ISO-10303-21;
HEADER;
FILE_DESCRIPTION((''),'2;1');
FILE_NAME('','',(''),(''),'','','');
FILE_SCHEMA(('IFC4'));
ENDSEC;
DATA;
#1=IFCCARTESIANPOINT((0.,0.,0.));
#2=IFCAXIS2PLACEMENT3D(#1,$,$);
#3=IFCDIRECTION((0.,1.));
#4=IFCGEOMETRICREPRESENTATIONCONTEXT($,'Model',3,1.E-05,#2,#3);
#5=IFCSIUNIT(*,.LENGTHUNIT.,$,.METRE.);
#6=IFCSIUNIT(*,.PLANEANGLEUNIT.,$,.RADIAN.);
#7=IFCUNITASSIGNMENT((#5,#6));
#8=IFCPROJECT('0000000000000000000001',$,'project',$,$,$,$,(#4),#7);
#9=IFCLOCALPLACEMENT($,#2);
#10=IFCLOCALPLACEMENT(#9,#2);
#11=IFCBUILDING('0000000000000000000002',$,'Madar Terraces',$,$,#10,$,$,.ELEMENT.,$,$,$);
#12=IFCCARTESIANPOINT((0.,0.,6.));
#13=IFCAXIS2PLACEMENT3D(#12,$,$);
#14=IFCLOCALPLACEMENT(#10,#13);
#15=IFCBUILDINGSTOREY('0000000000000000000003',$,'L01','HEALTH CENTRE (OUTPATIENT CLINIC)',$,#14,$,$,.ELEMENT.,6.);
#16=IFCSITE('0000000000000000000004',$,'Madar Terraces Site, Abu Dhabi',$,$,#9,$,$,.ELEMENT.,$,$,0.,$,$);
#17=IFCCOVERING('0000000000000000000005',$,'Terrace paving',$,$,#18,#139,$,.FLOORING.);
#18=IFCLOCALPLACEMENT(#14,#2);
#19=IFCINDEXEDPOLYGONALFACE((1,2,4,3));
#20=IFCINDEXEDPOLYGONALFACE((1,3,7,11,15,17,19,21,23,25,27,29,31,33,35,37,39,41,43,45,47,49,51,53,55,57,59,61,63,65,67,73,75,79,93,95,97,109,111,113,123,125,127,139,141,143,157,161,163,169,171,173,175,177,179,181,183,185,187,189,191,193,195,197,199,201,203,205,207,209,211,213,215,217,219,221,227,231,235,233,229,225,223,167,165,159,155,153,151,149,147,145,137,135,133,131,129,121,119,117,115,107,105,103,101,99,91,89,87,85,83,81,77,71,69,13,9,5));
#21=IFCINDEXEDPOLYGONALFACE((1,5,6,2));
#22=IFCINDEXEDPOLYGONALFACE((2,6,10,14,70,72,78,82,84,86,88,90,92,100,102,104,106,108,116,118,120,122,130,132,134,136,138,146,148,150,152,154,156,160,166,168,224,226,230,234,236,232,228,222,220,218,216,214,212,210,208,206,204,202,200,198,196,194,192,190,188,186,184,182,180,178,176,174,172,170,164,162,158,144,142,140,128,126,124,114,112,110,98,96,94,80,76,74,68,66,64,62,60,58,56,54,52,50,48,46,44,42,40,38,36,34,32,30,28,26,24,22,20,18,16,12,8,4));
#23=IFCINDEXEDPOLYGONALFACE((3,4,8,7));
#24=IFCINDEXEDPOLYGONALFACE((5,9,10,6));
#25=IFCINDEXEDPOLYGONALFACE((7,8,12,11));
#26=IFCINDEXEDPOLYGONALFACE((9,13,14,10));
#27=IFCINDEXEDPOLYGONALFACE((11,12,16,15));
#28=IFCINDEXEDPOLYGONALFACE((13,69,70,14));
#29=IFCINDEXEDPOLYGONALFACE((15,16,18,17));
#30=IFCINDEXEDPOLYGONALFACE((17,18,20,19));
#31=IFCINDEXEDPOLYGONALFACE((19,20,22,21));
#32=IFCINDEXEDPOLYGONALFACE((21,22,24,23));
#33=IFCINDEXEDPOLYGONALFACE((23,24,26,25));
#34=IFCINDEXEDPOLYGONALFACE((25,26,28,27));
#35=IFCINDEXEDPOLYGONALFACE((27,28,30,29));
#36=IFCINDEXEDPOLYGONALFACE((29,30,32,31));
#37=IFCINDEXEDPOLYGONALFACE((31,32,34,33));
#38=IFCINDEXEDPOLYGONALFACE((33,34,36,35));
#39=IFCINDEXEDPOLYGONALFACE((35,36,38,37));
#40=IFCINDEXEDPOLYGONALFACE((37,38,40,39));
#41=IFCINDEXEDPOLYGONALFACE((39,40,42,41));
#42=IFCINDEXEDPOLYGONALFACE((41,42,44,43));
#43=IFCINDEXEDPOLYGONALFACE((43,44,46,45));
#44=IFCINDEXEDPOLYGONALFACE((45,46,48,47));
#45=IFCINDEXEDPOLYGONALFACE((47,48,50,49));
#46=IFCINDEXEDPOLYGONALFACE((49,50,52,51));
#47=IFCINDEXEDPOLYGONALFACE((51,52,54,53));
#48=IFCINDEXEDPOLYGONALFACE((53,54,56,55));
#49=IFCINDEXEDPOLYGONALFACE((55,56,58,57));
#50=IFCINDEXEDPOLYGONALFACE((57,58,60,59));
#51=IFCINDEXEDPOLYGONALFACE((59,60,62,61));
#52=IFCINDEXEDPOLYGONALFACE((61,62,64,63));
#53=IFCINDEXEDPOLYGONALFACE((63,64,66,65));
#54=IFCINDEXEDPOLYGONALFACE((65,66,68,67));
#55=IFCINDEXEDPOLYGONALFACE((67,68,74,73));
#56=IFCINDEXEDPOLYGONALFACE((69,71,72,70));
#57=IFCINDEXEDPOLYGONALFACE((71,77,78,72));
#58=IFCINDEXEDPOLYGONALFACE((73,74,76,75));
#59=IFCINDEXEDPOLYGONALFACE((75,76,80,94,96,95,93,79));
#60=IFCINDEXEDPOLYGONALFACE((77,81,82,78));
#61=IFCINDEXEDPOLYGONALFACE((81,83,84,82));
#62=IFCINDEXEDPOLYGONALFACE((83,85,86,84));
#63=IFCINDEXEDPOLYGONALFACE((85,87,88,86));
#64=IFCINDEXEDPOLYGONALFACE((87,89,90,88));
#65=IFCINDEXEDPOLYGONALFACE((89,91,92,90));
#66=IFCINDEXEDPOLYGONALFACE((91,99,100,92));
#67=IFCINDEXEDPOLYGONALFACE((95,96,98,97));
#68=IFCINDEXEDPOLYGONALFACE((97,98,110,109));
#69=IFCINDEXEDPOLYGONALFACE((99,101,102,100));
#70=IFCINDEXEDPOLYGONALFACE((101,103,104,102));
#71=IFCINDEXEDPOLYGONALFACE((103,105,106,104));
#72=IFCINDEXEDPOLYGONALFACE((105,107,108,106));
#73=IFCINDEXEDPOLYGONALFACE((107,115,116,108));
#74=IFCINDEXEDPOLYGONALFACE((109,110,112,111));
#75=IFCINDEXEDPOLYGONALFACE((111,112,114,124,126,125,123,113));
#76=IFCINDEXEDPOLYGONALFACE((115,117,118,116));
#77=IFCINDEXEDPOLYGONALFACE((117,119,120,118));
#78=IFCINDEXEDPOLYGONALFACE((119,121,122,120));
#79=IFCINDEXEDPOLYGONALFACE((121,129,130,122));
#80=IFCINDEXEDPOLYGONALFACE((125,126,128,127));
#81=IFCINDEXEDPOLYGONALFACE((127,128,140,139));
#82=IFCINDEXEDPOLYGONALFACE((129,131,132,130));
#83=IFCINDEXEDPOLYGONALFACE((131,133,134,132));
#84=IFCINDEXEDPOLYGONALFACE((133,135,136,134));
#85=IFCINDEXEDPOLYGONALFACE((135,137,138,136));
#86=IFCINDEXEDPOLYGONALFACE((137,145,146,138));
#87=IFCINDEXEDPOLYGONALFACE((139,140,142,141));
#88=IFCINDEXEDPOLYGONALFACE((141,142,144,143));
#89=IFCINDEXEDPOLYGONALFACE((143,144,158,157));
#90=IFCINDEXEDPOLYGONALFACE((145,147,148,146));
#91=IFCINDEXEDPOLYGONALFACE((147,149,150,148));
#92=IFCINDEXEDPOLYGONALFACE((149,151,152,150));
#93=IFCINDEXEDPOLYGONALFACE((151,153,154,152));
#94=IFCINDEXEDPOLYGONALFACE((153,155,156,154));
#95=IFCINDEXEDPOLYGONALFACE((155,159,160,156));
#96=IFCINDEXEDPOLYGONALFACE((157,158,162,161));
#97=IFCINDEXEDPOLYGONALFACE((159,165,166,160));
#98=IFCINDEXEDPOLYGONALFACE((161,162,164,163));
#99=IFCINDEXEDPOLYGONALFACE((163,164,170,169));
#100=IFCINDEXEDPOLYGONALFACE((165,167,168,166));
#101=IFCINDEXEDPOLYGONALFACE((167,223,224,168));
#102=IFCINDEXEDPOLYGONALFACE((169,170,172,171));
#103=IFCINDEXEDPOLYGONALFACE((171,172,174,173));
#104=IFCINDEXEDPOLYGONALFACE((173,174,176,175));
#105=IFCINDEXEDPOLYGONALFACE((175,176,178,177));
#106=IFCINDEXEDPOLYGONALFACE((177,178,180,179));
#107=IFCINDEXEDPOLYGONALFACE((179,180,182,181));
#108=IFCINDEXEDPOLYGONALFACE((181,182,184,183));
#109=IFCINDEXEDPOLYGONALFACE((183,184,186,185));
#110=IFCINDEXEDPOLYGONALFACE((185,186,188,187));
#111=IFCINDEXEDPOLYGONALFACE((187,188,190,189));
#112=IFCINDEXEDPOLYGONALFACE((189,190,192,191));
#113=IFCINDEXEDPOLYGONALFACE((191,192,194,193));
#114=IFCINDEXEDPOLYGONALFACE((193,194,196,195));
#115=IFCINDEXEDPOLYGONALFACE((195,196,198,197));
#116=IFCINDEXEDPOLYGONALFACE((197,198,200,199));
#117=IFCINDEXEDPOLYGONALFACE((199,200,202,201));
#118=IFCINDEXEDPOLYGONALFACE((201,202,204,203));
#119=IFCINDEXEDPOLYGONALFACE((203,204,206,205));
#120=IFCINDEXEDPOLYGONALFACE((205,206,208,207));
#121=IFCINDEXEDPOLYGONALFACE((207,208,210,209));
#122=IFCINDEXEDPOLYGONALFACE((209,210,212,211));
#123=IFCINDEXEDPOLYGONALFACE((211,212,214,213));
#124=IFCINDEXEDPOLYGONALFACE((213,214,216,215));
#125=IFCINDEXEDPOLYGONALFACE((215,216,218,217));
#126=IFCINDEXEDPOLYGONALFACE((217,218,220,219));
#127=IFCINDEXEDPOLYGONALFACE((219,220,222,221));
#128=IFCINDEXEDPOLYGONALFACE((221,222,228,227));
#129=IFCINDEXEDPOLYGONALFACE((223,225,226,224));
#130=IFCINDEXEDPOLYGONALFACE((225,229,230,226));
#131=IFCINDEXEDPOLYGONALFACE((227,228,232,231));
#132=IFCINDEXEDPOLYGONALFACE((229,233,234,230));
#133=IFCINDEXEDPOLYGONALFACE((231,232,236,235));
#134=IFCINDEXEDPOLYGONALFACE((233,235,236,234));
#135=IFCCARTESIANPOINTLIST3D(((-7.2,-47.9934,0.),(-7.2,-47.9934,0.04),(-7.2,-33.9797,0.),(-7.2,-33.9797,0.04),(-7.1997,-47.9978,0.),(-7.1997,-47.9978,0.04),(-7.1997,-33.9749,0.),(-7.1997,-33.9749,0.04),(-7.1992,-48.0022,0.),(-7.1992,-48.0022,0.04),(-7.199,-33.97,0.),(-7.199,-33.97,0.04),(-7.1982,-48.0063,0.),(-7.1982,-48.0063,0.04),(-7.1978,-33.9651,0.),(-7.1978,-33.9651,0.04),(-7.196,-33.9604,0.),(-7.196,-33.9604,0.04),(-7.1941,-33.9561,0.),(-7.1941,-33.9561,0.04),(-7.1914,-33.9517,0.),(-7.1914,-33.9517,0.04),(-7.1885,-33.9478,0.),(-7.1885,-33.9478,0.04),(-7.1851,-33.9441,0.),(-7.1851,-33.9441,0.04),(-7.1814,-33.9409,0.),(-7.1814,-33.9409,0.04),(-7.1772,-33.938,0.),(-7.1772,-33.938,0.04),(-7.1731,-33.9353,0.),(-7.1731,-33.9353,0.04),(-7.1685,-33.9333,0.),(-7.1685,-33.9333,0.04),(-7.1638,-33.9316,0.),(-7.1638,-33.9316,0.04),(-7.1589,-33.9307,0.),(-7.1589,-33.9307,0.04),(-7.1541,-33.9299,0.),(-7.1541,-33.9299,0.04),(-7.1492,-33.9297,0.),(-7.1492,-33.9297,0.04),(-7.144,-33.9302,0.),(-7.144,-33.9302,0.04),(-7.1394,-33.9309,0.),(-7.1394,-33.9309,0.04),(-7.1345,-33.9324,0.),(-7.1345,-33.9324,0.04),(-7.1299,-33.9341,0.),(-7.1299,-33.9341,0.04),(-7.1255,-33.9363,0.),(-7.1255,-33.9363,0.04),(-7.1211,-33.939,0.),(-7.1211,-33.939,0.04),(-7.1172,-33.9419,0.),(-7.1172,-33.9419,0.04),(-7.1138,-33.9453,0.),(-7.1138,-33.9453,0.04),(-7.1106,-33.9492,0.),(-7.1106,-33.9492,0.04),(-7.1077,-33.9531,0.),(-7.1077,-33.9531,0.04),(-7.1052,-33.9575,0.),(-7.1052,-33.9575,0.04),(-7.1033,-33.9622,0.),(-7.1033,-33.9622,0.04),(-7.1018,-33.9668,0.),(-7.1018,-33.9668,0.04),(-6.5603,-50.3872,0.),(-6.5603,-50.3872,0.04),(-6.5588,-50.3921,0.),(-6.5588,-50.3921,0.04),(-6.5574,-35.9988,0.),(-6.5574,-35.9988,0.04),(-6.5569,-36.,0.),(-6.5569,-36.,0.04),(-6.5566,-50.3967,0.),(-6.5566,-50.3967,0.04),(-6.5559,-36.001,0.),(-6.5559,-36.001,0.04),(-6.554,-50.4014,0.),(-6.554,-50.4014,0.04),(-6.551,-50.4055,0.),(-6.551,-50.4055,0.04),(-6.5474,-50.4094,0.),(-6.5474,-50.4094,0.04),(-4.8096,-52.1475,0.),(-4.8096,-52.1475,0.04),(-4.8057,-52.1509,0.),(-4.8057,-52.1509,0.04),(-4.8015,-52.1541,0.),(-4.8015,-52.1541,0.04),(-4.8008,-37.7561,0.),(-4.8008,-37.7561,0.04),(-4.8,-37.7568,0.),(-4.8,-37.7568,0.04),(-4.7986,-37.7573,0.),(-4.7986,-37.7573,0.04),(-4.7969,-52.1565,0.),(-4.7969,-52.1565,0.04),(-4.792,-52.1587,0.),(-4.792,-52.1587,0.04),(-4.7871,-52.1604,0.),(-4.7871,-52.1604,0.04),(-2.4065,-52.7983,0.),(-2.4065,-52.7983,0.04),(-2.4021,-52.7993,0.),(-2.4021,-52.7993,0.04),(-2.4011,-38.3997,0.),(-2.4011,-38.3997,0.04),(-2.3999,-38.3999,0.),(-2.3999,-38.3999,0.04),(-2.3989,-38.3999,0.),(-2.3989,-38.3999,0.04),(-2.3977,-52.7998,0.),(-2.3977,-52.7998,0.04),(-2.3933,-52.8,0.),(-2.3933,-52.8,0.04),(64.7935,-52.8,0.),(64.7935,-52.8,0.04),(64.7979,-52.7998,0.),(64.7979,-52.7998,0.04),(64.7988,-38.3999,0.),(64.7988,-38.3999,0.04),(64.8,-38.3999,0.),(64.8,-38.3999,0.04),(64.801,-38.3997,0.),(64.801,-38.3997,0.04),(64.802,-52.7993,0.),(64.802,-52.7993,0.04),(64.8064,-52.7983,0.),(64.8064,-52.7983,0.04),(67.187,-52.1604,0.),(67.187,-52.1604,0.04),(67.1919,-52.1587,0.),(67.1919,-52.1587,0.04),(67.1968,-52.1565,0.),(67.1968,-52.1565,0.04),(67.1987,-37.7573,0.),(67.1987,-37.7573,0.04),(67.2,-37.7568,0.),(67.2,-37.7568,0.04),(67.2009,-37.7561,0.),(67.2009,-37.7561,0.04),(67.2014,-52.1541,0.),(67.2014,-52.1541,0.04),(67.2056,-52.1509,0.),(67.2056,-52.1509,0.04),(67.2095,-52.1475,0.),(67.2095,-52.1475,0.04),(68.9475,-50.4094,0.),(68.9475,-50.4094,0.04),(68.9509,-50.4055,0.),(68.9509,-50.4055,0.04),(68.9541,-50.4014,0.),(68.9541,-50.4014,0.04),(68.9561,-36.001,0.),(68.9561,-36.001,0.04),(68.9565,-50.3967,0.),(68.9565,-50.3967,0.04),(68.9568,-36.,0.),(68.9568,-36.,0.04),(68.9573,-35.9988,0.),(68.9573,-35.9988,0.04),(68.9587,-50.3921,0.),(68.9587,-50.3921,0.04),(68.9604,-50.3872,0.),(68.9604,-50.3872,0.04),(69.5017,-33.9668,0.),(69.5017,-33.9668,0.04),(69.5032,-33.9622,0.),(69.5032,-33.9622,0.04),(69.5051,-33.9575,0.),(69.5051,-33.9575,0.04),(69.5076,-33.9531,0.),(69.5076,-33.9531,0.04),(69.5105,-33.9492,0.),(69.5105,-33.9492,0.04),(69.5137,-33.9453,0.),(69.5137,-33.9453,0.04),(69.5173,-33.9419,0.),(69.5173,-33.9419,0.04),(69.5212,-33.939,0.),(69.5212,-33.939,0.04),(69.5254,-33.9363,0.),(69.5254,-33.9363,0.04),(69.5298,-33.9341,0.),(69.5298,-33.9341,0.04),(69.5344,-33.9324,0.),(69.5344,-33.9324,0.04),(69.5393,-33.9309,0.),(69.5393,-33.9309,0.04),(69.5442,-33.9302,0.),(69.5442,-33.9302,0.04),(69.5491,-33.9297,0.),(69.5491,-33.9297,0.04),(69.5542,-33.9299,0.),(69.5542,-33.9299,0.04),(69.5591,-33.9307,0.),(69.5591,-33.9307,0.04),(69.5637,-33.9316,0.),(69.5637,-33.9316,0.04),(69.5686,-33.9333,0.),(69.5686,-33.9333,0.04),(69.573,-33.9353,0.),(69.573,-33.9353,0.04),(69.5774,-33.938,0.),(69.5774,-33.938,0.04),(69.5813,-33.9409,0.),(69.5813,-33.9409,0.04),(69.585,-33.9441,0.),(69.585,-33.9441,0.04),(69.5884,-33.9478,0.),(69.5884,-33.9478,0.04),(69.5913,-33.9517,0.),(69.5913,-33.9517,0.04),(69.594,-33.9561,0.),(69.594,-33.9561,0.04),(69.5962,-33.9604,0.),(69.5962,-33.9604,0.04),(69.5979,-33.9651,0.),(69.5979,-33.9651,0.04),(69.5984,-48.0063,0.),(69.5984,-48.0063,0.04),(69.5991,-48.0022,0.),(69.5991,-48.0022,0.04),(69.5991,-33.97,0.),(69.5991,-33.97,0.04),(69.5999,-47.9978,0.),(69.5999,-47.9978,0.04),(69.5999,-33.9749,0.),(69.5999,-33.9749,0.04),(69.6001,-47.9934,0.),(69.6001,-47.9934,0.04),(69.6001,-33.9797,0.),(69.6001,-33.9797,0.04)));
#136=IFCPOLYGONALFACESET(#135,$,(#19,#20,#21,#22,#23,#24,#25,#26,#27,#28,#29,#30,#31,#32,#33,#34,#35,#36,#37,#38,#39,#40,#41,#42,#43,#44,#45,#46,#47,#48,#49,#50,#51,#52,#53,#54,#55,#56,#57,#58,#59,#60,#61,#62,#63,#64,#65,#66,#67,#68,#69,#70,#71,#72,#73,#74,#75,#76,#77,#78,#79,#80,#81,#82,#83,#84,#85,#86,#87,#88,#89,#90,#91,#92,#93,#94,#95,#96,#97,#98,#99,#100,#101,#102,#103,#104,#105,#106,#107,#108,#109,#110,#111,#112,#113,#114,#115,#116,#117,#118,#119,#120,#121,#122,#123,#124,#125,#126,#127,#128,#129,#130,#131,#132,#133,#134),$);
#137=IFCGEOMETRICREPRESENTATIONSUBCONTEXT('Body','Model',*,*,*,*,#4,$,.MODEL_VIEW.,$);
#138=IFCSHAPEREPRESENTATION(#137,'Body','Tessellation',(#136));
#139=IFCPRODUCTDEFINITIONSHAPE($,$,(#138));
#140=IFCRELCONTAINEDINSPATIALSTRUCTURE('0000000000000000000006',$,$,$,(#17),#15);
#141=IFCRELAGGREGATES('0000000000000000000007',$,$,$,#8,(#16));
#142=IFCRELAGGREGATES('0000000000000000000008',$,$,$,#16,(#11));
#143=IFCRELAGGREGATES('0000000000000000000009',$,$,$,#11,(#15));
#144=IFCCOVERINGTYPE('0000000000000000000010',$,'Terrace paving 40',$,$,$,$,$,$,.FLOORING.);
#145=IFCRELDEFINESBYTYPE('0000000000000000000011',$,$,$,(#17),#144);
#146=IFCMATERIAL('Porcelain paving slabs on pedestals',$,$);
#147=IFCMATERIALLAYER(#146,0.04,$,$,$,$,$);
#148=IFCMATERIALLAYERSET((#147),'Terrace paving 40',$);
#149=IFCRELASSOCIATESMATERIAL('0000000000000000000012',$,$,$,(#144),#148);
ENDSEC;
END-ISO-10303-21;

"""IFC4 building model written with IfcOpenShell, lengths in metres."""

from ifc_helpers import new_model, si_unit, direction, frame, origin, place, context, subcontext, project, spatial, polyline, outline, extrude, material, layer, layer_set, type_object, element, save


model = new_model("IFC4")

# Units and contexts
model_context = context("Model", 3, precision=1e-05, world=origin(), true_north=direction((0.0, 1.0)))
body_context = subcontext(model_context, "Body", "Model", "MODEL_VIEW")
ifc_project = project(units=[si_unit("LENGTHUNIT", "METRE"), si_unit("PLANEANGLEUNIT", "RADIAN")], contexts=[model_context])

# Site, building, storey
site_placement = place(None, origin())
site = spatial("IfcSite", under=ifc_project, at=site_placement, Name="Madar Terraces Site, Abu Dhabi", CompositionType="ELEMENT", RefElevation=0.0)
building_placement = place(site_placement, origin())
building = spatial("IfcBuilding", under=site, at=building_placement, Name="Madar Terraces", CompositionType="ELEMENT")
storey_placement = place(building_placement, frame((0.0, 0.0, 6.0)))
storey = spatial("IfcBuildingStorey", under=building, at=storey_placement, Name="L01", Description="HEALTH CENTRE (OUTPATIENT CLINIC)", CompositionType="ELEMENT", Elevation=6.0)

# Covering
ifc_material_1 = material(Name="Porcelain paving slabs on pedestals")
ifc_layer_1 = layer(ifc_material_1, 0.04)
ifc_layer_set_1 = layer_set([ifc_layer_1], Name="Terrace paving 40")
covering_type = type_object("IfcCoveringType", Name="Terrace paving 40", PredefinedType="FLOORING", material=ifc_layer_set_1)
covering_placement = place(storey_placement, origin())
element("IfcCovering", 1, at=covering_placement, inside=storey, type_object=covering_type, Name="Terrace paving", PredefinedType="FLOORING", context=body_context, shape_type="SweptSolid", body=[
    extrude(outline(polyline([(-6.5569, -36.0), (-6.5559, -36.001), (-4.8008, -37.7561), (-4.8, -37.7568), (-4.7986, -37.7573), (-2.4011, -38.3997), (-2.3999, -38.3999), (-2.3989, -38.3999), (64.7988, -38.3999), (64.8, -38.3999), (64.801, -38.3997), (67.1987, -37.7573), (67.2, -37.7568), (67.2009, -37.7561), (68.9561, -36.001), (68.9568, -36.0), (68.9573, -35.9988), (69.5017, -33.9668), (69.5032, -33.9622), (69.5051, -33.9575), (69.5076, -33.9531), (69.5105, -33.9492), (69.5137, -33.9453), (69.5173, -33.9419), (69.5212, -33.939), (69.5254, -33.9363), (69.5298, -33.9341), (69.5344, -33.9324), (69.5393, -33.9309), (69.5442, -33.9302), (69.5491, -33.9297), (69.5542, -33.9299), (69.5591, -33.9307), (69.5637, -33.9316), (69.5686, -33.9333), (69.573, -33.9353), (69.5774, -33.938), (69.5813, -33.9409), (69.585, -33.9441), (69.5884, -33.9478), (69.5913, -33.9517), (69.594, -33.9561), (69.5962, -33.9604), (69.5979, -33.9651), (69.5991, -33.97), (69.5999, -33.9749), (69.6001, -33.9797), (69.6001, -47.9934), (69.5999, -47.9978), (69.5991, -48.0022), (69.5984, -48.0063), (68.9604, -50.3872), (68.9587, -50.3921), (68.9565, -50.3967), (68.9541, -50.4014), (68.9509, -50.4055), (68.9475, -50.4094), (67.2095, -52.1475), (67.2056, -52.1509), (67.2014, -52.1541), (67.1968, -52.1565), (67.1919, -52.1587), (67.187, -52.1604), (64.8064, -52.7983), (64.802, -52.7993), (64.7979, -52.7998), (64.7935, -52.8), (-2.3933, -52.8), (-2.3977, -52.7998), (-2.4021, -52.7993), (-2.4065, -52.7983), (-4.7871, -52.1604), (-4.792, -52.1587), (-4.7969, -52.1565), (-4.8015, -52.1541), (-4.8057, -52.1509), (-4.8096, -52.1475), (-6.5474, -50.4094), (-6.551, -50.4055), (-6.554, -50.4014), (-6.5566, -50.3967), (-6.5588, -50.3921), (-6.5603, -50.3872), (-7.1982, -48.0063), (-7.1992, -48.0022), (-7.1997, -47.9978), (-7.2, -47.9934), (-7.2, -33.9797), (-7.1997, -33.9749), (-7.199, -33.97), (-7.1978, -33.9651), (-7.196, -33.9604), (-7.1941, -33.9561), (-7.1914, -33.9517), (-7.1885, -33.9478), (-7.1851, -33.9441), (-7.1814, -33.9409), (-7.1772, -33.938), (-7.1731, -33.9353), (-7.1685, -33.9333), (-7.1638, -33.9316), (-7.1589, -33.9307), (-7.1541, -33.9299), (-7.1492, -33.9297), (-7.144, -33.9302), (-7.1394, -33.9309), (-7.1345, -33.9324), (-7.1299, -33.9341), (-7.1255, -33.9363), (-7.1211, -33.939), (-7.1172, -33.9419), (-7.1138, -33.9453), (-7.1106, -33.9492), (-7.1077, -33.9531), (-7.1052, -33.9575), (-7.1033, -33.9622), (-7.1018, -33.9668), (-6.5574, -35.9988), (-6.5569, -36.0)])), origin(), (0.0, 0.0, 1.0), 0.04),
])

save(model, "model.ifc")
